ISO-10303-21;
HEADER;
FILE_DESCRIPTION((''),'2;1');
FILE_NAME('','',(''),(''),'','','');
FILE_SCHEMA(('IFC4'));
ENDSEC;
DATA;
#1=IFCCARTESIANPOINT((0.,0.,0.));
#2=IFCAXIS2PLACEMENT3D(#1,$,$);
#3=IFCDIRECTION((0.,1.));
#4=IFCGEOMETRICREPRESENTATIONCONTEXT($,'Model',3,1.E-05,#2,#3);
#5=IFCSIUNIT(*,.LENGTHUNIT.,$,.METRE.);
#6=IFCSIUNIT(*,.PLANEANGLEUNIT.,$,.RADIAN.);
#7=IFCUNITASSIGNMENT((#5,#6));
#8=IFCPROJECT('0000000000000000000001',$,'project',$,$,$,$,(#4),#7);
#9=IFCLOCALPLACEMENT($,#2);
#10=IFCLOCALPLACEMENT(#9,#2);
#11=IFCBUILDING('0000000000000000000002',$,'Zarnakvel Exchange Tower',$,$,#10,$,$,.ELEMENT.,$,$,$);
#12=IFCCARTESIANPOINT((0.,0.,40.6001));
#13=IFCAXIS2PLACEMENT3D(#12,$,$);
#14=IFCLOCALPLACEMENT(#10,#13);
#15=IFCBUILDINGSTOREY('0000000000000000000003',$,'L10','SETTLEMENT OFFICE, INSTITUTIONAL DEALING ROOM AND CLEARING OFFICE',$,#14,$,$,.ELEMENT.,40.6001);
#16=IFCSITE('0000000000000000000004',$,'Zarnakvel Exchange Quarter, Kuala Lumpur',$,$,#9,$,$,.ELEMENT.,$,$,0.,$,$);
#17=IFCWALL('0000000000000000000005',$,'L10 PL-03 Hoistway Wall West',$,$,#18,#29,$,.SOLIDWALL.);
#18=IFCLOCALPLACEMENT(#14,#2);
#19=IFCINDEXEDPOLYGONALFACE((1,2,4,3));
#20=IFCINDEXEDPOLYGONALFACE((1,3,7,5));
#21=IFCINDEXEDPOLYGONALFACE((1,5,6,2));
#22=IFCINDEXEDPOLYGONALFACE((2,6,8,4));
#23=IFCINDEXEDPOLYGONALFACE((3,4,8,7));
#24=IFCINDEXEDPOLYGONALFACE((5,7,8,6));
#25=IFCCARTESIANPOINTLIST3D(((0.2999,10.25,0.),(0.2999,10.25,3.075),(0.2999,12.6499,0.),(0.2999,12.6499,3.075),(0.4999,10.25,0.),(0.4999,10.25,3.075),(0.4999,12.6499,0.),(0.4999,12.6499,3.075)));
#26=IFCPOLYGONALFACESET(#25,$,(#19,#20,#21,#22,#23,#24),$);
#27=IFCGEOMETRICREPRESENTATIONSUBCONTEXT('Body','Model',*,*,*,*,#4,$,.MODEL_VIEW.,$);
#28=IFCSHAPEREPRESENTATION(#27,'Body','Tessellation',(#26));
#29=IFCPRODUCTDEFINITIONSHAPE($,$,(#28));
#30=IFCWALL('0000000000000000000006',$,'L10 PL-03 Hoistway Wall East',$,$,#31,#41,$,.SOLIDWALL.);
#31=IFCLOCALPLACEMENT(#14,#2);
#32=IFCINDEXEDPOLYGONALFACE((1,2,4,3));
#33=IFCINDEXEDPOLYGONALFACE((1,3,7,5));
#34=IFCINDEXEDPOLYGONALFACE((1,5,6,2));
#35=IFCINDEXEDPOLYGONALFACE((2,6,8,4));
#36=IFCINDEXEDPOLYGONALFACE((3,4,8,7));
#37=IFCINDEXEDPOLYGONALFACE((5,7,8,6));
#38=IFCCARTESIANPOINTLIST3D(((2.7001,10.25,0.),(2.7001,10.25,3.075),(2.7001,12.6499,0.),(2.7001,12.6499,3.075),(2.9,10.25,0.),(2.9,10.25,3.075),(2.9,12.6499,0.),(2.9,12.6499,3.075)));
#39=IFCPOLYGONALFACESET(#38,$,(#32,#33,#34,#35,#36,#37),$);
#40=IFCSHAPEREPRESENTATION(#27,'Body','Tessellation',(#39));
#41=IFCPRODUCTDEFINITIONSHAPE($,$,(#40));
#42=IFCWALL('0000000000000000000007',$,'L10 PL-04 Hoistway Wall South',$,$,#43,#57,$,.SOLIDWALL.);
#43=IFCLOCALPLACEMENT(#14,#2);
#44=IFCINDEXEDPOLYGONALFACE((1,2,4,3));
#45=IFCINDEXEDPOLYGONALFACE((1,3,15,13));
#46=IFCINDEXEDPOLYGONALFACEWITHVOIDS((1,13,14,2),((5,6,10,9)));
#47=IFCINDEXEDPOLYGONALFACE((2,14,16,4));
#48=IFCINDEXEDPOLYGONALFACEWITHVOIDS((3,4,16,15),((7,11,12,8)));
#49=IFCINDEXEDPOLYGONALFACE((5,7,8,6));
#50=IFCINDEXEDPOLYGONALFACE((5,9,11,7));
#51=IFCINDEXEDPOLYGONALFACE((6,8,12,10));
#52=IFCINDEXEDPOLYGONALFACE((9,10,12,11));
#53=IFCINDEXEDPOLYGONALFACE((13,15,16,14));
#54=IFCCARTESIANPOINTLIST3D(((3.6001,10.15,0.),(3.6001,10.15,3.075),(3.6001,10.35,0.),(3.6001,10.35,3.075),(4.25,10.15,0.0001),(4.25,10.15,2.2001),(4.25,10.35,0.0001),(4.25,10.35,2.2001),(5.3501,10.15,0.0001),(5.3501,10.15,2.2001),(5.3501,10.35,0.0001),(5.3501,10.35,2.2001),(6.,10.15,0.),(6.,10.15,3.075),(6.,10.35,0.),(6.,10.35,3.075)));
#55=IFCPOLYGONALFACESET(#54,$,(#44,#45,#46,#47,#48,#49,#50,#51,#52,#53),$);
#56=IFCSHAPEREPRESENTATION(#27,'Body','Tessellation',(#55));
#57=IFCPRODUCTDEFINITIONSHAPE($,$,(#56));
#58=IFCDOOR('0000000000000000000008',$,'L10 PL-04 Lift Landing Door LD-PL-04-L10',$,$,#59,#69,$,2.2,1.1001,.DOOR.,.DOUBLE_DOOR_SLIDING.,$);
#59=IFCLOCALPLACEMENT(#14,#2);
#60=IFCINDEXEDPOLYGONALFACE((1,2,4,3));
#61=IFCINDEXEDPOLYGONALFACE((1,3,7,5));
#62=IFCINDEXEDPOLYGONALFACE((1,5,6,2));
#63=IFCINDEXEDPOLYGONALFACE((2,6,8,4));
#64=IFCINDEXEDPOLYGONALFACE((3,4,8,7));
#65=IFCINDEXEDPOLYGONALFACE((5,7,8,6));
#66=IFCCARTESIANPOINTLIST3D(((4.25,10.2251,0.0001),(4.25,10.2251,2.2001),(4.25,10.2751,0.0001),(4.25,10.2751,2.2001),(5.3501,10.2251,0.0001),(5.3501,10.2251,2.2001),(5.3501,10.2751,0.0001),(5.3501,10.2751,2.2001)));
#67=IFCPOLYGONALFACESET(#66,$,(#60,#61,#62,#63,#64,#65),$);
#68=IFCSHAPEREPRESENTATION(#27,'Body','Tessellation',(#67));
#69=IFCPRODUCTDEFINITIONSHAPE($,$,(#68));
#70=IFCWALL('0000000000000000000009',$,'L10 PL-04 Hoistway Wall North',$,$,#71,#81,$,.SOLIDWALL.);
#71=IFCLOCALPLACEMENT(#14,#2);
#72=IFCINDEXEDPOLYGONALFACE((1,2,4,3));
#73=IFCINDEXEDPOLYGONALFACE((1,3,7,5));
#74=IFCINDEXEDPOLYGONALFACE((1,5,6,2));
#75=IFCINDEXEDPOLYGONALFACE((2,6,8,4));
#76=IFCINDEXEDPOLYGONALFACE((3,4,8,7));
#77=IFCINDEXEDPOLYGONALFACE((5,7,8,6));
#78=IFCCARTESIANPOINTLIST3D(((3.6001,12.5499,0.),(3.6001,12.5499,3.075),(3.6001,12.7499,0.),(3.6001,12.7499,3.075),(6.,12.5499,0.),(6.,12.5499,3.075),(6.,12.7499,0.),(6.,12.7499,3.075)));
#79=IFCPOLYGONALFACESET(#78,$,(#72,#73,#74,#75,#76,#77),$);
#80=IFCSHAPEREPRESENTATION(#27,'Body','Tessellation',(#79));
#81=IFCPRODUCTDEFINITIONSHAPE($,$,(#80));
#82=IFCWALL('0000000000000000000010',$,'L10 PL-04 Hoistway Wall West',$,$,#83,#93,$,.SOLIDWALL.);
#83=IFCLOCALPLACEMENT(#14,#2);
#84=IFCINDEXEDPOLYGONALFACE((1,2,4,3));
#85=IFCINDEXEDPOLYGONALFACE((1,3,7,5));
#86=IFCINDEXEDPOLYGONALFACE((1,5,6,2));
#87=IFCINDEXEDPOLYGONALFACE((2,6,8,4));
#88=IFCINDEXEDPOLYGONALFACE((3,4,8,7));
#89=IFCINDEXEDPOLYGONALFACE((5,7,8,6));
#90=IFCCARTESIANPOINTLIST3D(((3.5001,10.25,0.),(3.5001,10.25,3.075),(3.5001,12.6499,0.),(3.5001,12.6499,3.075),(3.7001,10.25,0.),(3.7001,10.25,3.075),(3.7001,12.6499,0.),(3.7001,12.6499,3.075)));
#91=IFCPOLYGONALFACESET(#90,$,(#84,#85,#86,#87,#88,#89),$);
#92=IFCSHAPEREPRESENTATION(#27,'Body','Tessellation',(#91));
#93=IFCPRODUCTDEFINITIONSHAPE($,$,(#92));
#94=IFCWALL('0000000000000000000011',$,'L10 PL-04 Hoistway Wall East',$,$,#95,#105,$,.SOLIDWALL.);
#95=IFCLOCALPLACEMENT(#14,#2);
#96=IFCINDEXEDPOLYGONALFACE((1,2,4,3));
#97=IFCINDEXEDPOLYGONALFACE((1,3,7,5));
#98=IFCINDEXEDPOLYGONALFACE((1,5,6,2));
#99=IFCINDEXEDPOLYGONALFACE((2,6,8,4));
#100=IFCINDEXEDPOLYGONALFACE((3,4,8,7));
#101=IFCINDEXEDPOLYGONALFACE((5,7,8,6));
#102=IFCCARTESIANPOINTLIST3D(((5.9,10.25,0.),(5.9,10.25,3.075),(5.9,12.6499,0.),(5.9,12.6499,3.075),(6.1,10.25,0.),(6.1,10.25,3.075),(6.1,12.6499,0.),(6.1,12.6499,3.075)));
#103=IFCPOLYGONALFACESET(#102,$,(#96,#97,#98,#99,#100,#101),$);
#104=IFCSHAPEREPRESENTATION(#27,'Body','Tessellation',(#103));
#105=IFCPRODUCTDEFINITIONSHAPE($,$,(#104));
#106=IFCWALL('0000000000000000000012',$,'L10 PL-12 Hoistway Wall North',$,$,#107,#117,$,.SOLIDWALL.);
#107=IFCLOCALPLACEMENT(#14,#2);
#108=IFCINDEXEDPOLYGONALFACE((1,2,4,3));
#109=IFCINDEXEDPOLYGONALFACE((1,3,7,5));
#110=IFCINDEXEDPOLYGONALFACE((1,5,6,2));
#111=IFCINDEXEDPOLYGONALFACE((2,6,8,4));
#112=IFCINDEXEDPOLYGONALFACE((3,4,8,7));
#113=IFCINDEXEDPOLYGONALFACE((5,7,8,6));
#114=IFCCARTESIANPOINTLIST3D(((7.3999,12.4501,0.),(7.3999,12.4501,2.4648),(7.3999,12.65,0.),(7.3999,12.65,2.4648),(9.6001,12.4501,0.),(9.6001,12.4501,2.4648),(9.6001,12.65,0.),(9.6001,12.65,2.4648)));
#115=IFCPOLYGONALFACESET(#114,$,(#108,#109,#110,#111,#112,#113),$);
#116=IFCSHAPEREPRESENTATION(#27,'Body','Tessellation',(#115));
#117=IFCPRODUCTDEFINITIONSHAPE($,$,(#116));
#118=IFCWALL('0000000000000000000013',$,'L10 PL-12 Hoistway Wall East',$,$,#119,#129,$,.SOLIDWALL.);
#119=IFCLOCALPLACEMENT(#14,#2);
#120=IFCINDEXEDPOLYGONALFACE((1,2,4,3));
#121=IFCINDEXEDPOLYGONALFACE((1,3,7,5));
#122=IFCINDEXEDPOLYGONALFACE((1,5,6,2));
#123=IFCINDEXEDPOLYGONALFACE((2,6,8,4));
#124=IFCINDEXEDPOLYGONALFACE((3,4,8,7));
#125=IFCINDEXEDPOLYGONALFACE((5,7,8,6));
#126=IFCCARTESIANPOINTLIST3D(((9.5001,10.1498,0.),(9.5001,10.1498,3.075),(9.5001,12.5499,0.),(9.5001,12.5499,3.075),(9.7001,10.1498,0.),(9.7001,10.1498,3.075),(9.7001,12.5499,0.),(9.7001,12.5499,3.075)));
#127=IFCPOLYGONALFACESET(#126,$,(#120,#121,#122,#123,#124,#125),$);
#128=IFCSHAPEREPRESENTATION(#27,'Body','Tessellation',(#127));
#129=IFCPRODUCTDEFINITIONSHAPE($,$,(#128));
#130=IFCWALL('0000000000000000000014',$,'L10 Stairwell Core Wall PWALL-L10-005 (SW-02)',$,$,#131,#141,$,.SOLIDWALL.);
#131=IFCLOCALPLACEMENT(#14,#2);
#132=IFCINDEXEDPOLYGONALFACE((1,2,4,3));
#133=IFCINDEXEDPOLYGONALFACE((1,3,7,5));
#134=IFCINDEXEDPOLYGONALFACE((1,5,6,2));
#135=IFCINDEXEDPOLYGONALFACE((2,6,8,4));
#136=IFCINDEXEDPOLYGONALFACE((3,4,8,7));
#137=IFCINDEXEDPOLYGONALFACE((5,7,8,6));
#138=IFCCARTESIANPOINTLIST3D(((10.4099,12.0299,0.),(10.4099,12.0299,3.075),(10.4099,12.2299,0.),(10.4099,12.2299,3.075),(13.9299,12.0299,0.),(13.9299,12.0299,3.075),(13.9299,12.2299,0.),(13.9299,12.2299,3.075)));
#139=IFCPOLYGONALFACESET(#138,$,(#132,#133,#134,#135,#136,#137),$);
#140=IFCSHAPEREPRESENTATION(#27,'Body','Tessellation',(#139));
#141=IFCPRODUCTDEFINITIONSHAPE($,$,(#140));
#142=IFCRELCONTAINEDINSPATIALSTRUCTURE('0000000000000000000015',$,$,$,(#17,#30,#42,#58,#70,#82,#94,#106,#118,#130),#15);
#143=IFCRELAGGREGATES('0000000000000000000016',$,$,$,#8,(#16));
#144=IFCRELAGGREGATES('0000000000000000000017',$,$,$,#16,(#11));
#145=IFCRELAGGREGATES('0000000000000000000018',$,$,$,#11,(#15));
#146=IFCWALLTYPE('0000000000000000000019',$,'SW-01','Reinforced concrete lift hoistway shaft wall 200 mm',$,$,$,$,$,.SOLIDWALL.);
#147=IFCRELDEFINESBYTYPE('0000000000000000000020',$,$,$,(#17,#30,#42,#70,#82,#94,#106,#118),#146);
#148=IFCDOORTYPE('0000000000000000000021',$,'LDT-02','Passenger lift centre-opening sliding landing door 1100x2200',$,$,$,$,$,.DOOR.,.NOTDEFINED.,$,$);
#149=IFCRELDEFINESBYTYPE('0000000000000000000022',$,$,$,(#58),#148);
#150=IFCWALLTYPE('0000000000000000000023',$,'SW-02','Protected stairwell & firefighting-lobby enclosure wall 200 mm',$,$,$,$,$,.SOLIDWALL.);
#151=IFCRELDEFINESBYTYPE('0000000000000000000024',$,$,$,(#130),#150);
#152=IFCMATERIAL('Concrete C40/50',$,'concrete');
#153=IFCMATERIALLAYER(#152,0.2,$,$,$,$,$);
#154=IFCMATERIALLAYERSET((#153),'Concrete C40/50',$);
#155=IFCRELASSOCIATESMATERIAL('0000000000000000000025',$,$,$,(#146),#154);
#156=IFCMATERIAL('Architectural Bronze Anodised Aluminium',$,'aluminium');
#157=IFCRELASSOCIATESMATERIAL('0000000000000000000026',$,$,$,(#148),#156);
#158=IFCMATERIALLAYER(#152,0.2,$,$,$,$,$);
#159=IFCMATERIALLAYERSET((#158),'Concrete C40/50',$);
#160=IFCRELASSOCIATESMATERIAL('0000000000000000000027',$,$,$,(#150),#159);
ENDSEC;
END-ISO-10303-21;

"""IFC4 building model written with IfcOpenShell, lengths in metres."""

from ifc_helpers import new_model, si_unit, direction, frame, frame_2d, origin, place, context, subcontext, project, spatial, rectangle, extrude, source, transform, mapped, material, layer, layer_set, type_object, element, fill, save


model = new_model("IFC4")

# Units and contexts
model_context = context("Model", 3, precision=1e-05, world=origin(), true_north=direction((0.0, 1.0)))
body_context = subcontext(model_context, "Body", "Model", "MODEL_VIEW")
ifc_project = project(units=[si_unit("LENGTHUNIT", "METRE"), si_unit("PLANEANGLEUNIT", "RADIAN")], contexts=[model_context])

# Site, building, storey
site_placement = place(None, origin())
site = spatial("IfcSite", under=ifc_project, at=site_placement, Name="Zarnakvel Exchange Quarter, Kuala Lumpur", CompositionType="ELEMENT", RefElevation=0.0)
building_placement = place(site_placement, origin())
building = spatial("IfcBuilding", under=site, at=building_placement, Name="Zarnakvel Exchange Tower", CompositionType="ELEMENT")
storey_placement = place(building_placement, frame((0.0, 0.0, 40.6001)))
storey = spatial("IfcBuildingStorey", under=building, at=storey_placement, Name="L10", Description="SETTLEMENT OFFICE, INSTITUTIONAL DEALING ROOM AND CLEARING OFFICE", CompositionType="ELEMENT", Elevation=40.6001)

# Shared definitions
ifc_material_1 = material(Name="Architectural Bronze Anodised Aluminium", Category="aluminium")

# Shared definitions
ifc_material_2 = material(Name="Concrete C40/50", Category="concrete")
ifc_layer_1 = layer(ifc_material_2, 0.2)
ifc_layer_set_1 = layer_set([ifc_layer_1], Name="Concrete C40/50")
wall_type_1 = type_object("IfcWallType", Name="SW-01", Description="Reinforced concrete lift hoistway shaft wall 200 mm", PredefinedType="SOLIDWALL", material=ifc_layer_set_1)
door_type = type_object("IfcDoorType", Name="LDT-02", Description="Passenger lift centre-opening sliding landing door 1100x2200", OperationType="NOTDEFINED", PredefinedType="DOOR", material=ifc_material_1)
shared_shape_1 = source(origin(), body_context, "Body", "SweptSolid", [
    extrude(rectangle(XDim=1.1001, YDim=2.2, at=frame_2d((0.55, 1.1001))), frame((0.0, 0.0249, 0.0), z_axis=(0.0, -1.0, 0.0), x_axis=(1.0, 0.0, 0.0)), (0.0, 0.0, 1.0), 0.05),
])

# Walls
for number, where, z_axis, x_axis, name in (
    (1, (0.3999, 10.25, 0.0), (0.0, 0.0, 1.0), (0.0, 1.0, 0.0), "L10 PL-03 Hoistway Wall West"),
    (2, (2.8, 12.6499, 0.0), (0.0, 0.0, 1.0), (0.0, -1.0, 0.0), "L10 PL-03 Hoistway Wall East"),
):
    element("IfcWall", number, at=place(storey_placement, frame(where, z_axis=z_axis, x_axis=x_axis)), inside=storey, type_object=wall_type_1, Name=name, PredefinedType="SOLIDWALL", context=body_context, shape_type="SweptSolid", body=[
        extrude(rectangle(XDim=2.3999, YDim=0.2, at=frame_2d((1.2, 0.0))), origin(), (0.0, 0.0, 1.0), 3.075),
    ])

# Wall, opening, door
wall_1_placement = place(storey_placement, frame((6.0, 10.25, 0.0), z_axis=(0.0, 0.0, 1.0), x_axis=(-1.0, 0.0, 0.0)))
wall_1 = element("IfcWall", 3, at=wall_1_placement, inside=storey, type_object=wall_type_1, Name="L10 PL-04 Hoistway Wall South", PredefinedType="SOLIDWALL", context=body_context, shape_type="SweptSolid", body=[
    extrude(rectangle(XDim=2.3999, YDim=0.2, at=frame_2d((1.2, 0.0))), origin(), (0.0, 0.0, 1.0), 3.075),
])
opening_1_placement = place(wall_1_placement, frame((0.6499, 0.0, 0.0)))
opening_1 = element("IfcOpeningElement", 4, at=opening_1_placement, cuts=wall_1, PredefinedType="OPENING", context=body_context, shape_type="SweptSolid", body=[
    extrude(rectangle(XDim=1.1001, YDim=2.2, at=frame_2d((0.55, 1.1001))), frame((0.0, 0.1099, 0.0), z_axis=(0.0, -1.0, 0.0), x_axis=(1.0, 0.0, 0.0)), (0.0, 0.0, 1.0), 0.22),
])
door_1_placement = place(opening_1_placement, origin())
door_1 = element("IfcDoor", 5, at=door_1_placement, inside=storey, type_object=door_type, Name="L10 PL-04 Lift Landing Door LD-PL-04-L10", OperationType="DOUBLE_DOOR_SLIDING", OverallHeight=2.2, OverallWidth=1.1001, PredefinedType="DOOR", context=body_context, shape_type="MappedRepresentation", body=[
    mapped(shared_shape_1, transform((0.0, 0.0, 0.0), x_axis=(1.0, 0.0, 0.0), y_axis=(0.0, 1.0, 0.0), z_axis=(0.0, 0.0, 1.0), scale=1.0)),
])
fill(opening_1, door_1)

# Walls
for number, where, z_axis, x_axis, name in (
    (6, (3.6001, 12.6499, 0.0), (0.0, 0.0, 1.0), (1.0, 0.0, 0.0), "L10 PL-04 Hoistway Wall North"),
    (7, (3.6001, 10.25, 0.0), (0.0, 0.0, 1.0), (0.0, 1.0, 0.0), "L10 PL-04 Hoistway Wall West"),
    (8, (6.0, 12.6499, 0.0), (0.0, 0.0, 1.0), (0.0, -1.0, 0.0), "L10 PL-04 Hoistway Wall East"),
):
    element("IfcWall", number, at=place(storey_placement, frame(where, z_axis=z_axis, x_axis=x_axis)), inside=storey, type_object=wall_type_1, Name=name, PredefinedType="SOLIDWALL", context=body_context, shape_type="SweptSolid", body=[
        extrude(rectangle(XDim=2.3999, YDim=0.2, at=frame_2d((1.2, 0.0))), origin(), (0.0, 0.0, 1.0), 3.075),
    ])
wall_2_placement = place(storey_placement, frame((7.3999, 12.55, 0.0), z_axis=(0.0, 0.0, 1.0), x_axis=(1.0, 0.0, 0.0)))
element("IfcWall", 9, at=wall_2_placement, inside=storey, type_object=wall_type_1, Name="L10 PL-12 Hoistway Wall North", PredefinedType="SOLIDWALL", context=body_context, shape_type="SweptSolid", body=[
    extrude(rectangle(XDim=2.2002, YDim=0.2, at=frame_2d((1.1001, 0.0))), origin(), (0.0, 0.0, 1.0), 2.4648),
])
wall_3_placement = place(storey_placement, frame((9.6001, 12.55, 0.0), z_axis=(0.0, 0.0, 1.0), x_axis=(0.0, -1.0, 0.0)))
element("IfcWall", 10, at=wall_3_placement, inside=storey, type_object=wall_type_1, Name="L10 PL-12 Hoistway Wall East", PredefinedType="SOLIDWALL", context=body_context, shape_type="SweptSolid", body=[
    extrude(rectangle(XDim=2.4001, YDim=0.2, at=frame_2d((1.2002, 0.0))), origin(), (0.0, 0.0, 1.0), 3.075),
])
ifc_layer_2 = layer(ifc_material_2, 0.2)
ifc_layer_set_2 = layer_set([ifc_layer_2], Name="Concrete C40/50")
wall_type_2 = type_object("IfcWallType", Name="SW-02", Description="Protected stairwell & firefighting-lobby enclosure wall 200 mm", PredefinedType="SOLIDWALL", material=ifc_layer_set_2)
wall_4_placement = place(storey_placement, frame((10.4099, 12.1299, 0.0), z_axis=(0.0, 0.0, 1.0), x_axis=(1.0, 0.0, 0.0)))
element("IfcWall", 11, at=wall_4_placement, inside=storey, type_object=wall_type_2, Name="L10 Stairwell Core Wall PWALL-L10-005 (SW-02)", PredefinedType="SOLIDWALL", context=body_context, shape_type="SweptSolid", body=[
    extrude(rectangle(XDim=3.52, YDim=0.2, at=frame_2d((1.76, 0.0))), origin(), (0.0, 0.0, 1.0), 3.075),
])

save(model, "model.ifc")
